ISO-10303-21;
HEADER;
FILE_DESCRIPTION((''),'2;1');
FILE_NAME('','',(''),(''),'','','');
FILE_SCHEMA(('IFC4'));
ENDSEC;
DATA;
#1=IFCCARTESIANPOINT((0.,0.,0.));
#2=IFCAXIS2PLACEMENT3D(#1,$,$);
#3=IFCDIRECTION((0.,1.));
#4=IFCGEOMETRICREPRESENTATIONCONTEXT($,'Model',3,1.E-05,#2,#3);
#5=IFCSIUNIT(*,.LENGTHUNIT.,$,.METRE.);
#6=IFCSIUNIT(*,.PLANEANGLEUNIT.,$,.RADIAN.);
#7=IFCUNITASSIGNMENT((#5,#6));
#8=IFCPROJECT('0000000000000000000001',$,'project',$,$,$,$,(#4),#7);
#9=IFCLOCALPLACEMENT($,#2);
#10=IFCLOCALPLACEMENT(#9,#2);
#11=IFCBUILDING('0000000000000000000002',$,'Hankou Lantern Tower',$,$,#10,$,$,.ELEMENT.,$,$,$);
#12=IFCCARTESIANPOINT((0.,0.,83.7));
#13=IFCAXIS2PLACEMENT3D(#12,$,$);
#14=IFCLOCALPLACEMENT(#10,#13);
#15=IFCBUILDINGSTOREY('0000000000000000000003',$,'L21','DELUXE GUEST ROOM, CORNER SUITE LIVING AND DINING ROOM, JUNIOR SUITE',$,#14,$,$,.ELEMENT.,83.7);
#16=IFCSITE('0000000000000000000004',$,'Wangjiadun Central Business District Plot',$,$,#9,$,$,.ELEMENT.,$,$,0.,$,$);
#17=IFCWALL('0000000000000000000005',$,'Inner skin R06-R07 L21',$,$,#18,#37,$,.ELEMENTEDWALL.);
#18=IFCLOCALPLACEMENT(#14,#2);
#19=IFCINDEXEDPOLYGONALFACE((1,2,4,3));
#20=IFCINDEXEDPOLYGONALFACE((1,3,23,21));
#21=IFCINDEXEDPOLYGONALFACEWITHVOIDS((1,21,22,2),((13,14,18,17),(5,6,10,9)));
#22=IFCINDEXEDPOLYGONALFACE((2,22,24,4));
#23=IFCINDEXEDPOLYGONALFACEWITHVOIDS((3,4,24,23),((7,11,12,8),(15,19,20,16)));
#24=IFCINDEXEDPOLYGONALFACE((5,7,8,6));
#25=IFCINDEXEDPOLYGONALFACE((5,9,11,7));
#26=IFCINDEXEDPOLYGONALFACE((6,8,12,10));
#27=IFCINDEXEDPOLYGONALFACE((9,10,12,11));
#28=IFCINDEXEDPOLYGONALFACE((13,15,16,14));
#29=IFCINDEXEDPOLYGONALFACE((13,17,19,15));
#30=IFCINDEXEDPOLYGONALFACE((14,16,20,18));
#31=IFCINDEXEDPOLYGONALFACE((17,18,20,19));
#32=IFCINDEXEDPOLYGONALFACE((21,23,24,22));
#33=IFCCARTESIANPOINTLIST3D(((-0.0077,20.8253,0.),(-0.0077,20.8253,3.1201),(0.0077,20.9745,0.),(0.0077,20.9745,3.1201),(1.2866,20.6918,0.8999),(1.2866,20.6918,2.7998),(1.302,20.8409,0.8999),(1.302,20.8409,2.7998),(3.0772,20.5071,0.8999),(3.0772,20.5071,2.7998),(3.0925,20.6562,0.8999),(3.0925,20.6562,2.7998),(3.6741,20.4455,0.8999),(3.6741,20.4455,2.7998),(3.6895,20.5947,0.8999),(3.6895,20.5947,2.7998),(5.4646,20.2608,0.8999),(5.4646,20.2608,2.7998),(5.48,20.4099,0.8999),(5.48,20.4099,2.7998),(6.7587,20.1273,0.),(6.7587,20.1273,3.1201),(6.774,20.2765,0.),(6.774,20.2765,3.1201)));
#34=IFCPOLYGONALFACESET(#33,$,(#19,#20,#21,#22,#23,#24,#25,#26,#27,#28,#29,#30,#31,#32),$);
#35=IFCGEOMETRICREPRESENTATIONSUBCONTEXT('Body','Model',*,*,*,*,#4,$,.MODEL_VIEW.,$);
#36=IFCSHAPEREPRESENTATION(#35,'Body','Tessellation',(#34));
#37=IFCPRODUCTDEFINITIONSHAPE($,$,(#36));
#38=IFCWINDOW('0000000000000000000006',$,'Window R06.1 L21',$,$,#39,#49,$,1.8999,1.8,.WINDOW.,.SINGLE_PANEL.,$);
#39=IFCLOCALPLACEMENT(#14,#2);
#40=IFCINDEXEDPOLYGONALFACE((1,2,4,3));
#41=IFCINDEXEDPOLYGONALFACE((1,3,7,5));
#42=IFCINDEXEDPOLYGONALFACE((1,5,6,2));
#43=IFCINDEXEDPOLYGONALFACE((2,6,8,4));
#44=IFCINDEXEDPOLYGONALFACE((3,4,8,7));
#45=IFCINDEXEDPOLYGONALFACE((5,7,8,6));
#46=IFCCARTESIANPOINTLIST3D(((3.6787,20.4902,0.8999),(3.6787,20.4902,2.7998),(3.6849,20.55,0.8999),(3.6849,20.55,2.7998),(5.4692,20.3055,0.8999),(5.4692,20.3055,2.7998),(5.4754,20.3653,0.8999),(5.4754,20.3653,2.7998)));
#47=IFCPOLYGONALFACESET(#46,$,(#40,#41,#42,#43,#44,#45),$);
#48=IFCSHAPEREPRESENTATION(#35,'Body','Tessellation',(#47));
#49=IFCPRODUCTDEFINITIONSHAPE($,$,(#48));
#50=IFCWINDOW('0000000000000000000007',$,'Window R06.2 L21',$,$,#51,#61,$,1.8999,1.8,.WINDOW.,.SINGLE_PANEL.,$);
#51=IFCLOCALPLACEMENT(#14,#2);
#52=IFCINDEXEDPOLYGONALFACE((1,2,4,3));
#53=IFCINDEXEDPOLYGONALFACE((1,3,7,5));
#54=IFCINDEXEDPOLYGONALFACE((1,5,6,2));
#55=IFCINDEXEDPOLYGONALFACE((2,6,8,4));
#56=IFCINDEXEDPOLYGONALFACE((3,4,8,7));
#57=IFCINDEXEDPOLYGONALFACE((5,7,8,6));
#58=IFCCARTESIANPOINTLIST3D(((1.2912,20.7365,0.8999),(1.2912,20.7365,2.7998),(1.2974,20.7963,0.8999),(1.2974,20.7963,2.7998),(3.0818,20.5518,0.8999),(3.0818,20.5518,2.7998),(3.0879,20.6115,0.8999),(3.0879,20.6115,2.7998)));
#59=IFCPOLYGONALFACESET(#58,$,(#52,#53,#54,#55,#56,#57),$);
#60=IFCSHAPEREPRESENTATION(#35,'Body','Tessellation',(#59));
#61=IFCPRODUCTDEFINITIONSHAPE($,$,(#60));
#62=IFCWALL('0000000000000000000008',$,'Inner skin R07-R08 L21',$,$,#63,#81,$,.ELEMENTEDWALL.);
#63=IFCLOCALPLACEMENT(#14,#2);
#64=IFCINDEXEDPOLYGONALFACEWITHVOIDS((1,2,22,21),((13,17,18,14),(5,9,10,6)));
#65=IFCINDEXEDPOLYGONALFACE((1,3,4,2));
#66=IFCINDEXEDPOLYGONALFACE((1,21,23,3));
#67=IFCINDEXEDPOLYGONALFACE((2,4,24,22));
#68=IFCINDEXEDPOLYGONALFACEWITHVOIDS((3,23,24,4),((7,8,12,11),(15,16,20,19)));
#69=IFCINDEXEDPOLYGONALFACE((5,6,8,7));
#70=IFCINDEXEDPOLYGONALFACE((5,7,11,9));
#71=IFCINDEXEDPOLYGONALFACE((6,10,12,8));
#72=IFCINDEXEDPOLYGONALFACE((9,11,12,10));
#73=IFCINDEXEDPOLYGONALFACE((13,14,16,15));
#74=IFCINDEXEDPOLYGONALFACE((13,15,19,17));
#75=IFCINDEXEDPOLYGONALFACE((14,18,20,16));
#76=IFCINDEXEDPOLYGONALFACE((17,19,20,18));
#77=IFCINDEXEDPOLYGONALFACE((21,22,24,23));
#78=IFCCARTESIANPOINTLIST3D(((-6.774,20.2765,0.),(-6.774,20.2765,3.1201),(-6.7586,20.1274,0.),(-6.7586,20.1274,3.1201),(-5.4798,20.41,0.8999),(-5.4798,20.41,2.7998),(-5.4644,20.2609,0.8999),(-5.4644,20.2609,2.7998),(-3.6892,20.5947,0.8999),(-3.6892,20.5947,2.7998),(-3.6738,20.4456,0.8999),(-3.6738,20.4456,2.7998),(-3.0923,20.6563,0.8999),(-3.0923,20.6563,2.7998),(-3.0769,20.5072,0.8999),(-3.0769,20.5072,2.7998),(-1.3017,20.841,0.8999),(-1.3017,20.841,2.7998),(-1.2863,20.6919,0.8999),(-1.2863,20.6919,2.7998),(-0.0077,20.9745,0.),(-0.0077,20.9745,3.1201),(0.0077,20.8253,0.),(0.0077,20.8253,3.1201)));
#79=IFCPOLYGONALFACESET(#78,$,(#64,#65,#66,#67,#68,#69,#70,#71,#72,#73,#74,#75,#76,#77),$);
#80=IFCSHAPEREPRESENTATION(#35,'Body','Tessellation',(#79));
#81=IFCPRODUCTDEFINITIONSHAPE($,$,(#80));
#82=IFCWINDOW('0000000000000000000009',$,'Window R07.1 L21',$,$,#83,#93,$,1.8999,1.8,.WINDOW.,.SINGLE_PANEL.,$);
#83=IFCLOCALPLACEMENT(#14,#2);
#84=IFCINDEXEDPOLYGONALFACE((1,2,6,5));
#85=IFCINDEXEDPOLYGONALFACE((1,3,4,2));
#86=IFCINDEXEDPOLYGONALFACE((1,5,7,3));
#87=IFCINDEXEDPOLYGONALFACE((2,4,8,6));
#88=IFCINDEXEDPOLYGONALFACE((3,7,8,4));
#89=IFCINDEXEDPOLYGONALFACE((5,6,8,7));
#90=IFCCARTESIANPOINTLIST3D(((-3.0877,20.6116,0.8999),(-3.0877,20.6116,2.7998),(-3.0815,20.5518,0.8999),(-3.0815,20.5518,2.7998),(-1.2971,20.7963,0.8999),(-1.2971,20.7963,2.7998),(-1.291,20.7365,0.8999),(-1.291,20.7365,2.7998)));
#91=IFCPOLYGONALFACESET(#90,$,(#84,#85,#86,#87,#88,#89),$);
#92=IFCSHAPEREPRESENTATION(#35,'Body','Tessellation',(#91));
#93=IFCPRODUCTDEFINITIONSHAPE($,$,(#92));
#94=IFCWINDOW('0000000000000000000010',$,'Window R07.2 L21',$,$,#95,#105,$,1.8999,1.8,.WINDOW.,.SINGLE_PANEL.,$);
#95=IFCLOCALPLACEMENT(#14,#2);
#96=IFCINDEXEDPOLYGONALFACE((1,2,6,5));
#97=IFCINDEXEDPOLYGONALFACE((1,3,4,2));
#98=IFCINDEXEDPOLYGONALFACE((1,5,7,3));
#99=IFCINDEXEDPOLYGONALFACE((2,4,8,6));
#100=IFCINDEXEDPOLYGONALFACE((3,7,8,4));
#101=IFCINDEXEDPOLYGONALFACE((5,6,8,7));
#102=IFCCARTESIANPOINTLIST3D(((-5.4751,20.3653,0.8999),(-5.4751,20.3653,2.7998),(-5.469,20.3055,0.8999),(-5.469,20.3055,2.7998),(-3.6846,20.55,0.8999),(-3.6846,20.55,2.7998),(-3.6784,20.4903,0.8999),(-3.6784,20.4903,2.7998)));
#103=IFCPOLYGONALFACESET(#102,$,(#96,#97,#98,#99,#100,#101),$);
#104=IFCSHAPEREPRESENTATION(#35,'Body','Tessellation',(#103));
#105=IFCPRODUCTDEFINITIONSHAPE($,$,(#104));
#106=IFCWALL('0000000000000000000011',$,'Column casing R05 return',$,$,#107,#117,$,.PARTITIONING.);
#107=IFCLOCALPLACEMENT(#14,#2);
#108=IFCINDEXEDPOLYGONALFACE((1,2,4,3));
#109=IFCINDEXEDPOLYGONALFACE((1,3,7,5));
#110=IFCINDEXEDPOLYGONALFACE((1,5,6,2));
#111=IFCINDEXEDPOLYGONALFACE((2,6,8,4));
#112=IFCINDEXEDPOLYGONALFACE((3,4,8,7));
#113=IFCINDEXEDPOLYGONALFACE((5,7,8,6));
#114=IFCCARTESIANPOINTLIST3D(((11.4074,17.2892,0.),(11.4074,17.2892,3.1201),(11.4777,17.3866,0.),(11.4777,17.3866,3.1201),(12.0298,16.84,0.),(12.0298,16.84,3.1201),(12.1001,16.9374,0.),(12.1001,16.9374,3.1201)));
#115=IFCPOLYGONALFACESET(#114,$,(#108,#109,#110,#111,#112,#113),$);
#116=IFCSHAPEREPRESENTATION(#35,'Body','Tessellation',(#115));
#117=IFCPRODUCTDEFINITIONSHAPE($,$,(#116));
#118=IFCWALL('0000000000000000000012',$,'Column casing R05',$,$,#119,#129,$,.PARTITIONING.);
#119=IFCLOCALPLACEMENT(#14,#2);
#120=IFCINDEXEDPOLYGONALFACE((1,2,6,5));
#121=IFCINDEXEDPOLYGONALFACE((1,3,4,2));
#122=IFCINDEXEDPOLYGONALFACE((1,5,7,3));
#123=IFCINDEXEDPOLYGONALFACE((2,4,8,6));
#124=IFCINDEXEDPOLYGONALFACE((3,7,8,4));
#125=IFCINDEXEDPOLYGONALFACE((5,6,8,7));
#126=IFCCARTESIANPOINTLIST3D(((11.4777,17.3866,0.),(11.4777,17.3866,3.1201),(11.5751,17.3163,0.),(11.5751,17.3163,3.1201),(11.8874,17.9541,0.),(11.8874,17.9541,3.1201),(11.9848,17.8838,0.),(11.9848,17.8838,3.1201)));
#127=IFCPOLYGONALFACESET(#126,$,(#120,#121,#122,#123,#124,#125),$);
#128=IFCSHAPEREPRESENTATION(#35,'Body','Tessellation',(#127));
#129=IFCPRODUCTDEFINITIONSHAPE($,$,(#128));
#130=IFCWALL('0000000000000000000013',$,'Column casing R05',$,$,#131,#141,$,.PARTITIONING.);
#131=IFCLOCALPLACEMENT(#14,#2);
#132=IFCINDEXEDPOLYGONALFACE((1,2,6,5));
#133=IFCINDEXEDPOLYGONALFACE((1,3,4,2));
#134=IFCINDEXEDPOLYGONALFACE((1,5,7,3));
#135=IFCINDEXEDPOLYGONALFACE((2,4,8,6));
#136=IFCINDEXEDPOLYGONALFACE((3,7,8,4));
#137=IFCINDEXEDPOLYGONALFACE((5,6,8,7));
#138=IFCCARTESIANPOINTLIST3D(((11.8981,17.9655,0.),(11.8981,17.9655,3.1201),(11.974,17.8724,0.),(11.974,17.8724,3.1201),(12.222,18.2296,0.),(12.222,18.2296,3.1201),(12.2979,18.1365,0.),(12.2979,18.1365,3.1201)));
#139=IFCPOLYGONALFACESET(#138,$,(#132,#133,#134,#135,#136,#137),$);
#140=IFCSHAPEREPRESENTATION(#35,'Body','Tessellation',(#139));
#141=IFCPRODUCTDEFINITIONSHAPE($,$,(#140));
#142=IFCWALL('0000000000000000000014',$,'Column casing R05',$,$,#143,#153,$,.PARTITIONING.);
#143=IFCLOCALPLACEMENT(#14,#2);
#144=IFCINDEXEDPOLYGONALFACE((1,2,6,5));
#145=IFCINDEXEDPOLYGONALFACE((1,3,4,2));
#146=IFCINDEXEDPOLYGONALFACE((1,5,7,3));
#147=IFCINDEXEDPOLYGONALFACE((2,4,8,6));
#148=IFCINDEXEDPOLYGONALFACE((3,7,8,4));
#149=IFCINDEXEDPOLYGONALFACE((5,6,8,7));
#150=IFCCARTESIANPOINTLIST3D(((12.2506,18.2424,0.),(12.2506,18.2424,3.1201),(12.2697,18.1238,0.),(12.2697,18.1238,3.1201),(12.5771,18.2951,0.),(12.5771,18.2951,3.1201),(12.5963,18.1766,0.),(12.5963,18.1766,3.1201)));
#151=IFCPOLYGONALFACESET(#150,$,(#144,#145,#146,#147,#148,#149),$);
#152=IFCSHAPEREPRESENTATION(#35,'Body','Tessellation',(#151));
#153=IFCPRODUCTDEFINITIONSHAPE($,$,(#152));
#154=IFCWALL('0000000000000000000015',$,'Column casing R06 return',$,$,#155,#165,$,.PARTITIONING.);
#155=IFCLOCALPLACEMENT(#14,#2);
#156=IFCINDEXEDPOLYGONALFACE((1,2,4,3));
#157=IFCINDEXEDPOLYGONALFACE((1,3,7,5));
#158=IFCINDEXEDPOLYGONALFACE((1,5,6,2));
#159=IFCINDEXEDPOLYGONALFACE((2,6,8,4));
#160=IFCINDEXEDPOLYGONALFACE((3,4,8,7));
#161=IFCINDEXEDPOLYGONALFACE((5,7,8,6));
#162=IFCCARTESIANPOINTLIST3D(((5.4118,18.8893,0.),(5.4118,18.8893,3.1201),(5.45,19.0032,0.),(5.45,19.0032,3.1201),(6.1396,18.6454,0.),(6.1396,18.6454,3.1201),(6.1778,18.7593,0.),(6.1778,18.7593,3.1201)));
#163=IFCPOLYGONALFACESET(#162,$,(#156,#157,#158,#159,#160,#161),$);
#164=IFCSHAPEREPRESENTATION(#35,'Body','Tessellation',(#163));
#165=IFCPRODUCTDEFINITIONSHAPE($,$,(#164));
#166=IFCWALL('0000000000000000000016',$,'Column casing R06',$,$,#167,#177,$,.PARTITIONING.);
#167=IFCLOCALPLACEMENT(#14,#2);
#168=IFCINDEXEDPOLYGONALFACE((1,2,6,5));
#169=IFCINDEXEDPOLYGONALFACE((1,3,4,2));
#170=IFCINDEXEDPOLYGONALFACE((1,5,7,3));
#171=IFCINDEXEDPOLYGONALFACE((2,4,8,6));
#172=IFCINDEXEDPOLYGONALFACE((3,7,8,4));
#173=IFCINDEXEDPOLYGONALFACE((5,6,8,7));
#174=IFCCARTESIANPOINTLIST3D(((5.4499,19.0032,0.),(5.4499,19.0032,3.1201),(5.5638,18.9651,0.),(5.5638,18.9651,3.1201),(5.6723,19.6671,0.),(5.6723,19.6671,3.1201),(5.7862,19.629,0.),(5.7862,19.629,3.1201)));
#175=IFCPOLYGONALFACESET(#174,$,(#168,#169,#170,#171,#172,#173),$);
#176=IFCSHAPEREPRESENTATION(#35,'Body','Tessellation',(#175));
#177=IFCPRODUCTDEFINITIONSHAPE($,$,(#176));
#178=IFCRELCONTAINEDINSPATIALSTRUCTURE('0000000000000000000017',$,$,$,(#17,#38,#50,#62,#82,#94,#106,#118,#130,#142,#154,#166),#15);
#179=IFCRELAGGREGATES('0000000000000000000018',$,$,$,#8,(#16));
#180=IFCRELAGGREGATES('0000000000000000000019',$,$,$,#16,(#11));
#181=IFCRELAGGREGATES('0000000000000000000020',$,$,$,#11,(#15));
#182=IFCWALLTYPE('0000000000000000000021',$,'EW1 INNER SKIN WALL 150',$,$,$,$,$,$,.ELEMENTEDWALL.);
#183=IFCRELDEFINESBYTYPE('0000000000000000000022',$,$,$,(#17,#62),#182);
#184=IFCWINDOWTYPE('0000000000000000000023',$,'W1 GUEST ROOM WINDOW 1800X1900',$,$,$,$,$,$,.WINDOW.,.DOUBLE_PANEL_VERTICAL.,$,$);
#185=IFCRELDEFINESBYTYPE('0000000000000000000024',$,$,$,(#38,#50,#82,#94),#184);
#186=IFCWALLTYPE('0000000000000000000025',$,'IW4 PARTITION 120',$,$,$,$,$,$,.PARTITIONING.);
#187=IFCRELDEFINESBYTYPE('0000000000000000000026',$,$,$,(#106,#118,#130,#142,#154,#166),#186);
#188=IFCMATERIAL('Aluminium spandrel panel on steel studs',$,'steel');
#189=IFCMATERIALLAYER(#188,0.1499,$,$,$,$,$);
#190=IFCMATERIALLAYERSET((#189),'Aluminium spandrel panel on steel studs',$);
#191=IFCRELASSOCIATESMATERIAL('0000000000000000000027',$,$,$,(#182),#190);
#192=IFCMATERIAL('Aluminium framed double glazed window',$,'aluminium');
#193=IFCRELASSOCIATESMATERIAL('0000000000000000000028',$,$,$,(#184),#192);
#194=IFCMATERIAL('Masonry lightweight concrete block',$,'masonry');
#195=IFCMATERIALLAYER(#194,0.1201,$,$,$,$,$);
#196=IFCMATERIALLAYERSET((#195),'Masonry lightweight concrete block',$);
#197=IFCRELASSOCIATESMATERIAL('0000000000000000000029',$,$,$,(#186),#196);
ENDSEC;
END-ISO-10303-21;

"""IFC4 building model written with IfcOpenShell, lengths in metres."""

from ifc_helpers import new_model, si_unit, direction, frame, frame_2d, origin, place, context, subcontext, project, spatial, rectangle, extrude, material, layer, layer_set, type_object, element, fill, save


model = new_model("IFC4")

# Units and contexts
model_context = context("Model", 3, precision=1e-05, world=origin(), true_north=direction((0.0, 1.0)))
body_context = subcontext(model_context, "Body", "Model", "MODEL_VIEW")
ifc_project = project(units=[si_unit("LENGTHUNIT", "METRE"), si_unit("PLANEANGLEUNIT", "RADIAN")], contexts=[model_context])

# Site, building, storey
site_placement = place(None, origin())
site = spatial("IfcSite", under=ifc_project, at=site_placement, Name="Wangjiadun Central Business District Plot", CompositionType="ELEMENT", RefElevation=0.0)
building_placement = place(site_placement, origin())
building = spatial("IfcBuilding", under=site, at=building_placement, Name="Hankou Lantern Tower", CompositionType="ELEMENT")
storey_placement = place(building_placement, frame((0.0, 0.0, 83.7)))
storey = spatial("IfcBuildingStorey", under=building, at=storey_placement, Name="L21", Description="DELUXE GUEST ROOM, CORNER SUITE LIVING AND DINING ROOM, JUNIOR SUITE", CompositionType="ELEMENT", Elevation=83.7)

# Walls, openings, windows
ifc_material_1 = material(Name="Aluminium spandrel panel on steel studs", Category="steel")
ifc_layer_1 = layer(ifc_material_1, 0.1499)
ifc_layer_set_1 = layer_set([ifc_layer_1], Name="Aluminium spandrel panel on steel studs")
wall_type_1 = type_object("IfcWallType", Name="EW1 INNER SKIN WALL 150", PredefinedType="ELEMENTEDWALL", material=ifc_layer_set_1)
wall_1_placement = place(storey_placement, frame((6.7664, 20.2019, 0.0), z_axis=(0.0, 0.0, 1.0), x_axis=(-0.994721, 0.102613, 0.0)))
wall_1 = element("IfcWall", 1, at=wall_1_placement, inside=storey, type_object=wall_type_1, Name="Inner skin R06-R07 L21", PredefinedType="ELEMENTEDWALL", context=body_context, shape_type="SweptSolid", body=[
    extrude(rectangle(XDim=6.8022, YDim=0.1499, at=frame_2d((3.4011, 0.0))), origin(), (0.0, 0.0, 1.0), 3.1201),
])
opening_1_placement = place(wall_1_placement, frame((1.301, 0.0, 0.8999)))
opening_1 = element("IfcOpeningElement", 2, at=opening_1_placement, cuts=wall_1, PredefinedType="OPENING", context=body_context, shape_type="SweptSolid", body=[
    extrude(rectangle(XDim=1.8, YDim=1.8999, at=frame_2d((0.8999, 0.95))), frame((0.0, 0.085, 0.0), z_axis=(0.0, -1.0, 0.0), x_axis=(1.0, 0.0, 0.0)), (0.0, 0.0, 1.0), 0.1699),
])
opening_2_placement = place(wall_1_placement, frame((3.7012, 0.0, 0.8999)))
opening_2 = element("IfcOpeningElement", 3, at=opening_2_placement, cuts=wall_1, PredefinedType="OPENING", context=body_context, shape_type="SweptSolid", body=[
    extrude(rectangle(XDim=1.8, YDim=1.8999, at=frame_2d((0.8999, 0.95))), frame((0.0, 0.085, 0.0), z_axis=(0.0, -1.0, 0.0), x_axis=(1.0, 0.0, 0.0)), (0.0, 0.0, 1.0), 0.1699),
])
ifc_material_2 = material(Name="Aluminium framed double glazed window", Category="aluminium")
window_type = type_object("IfcWindowType", Name="W1 GUEST ROOM WINDOW 1800X1900", PartitioningType="DOUBLE_PANEL_VERTICAL", PredefinedType="WINDOW", material=ifc_material_2)
window_1_placement = place(opening_1_placement, origin())
window_1 = element("IfcWindow", 4, at=window_1_placement, inside=storey, type_object=window_type, Name="Window R06.1 L21", OverallHeight=1.8999, OverallWidth=1.8, PartitioningType="SINGLE_PANEL", PredefinedType="WINDOW", context=body_context, shape_type="SweptSolid", body=[
    extrude(rectangle(XDim=1.8, YDim=1.8999, at=frame_2d((0.8999, 0.95))), frame((0.0, 0.03, 0.0), z_axis=(0.0, -1.0, 0.0), x_axis=(1.0, 0.0, 0.0)), (0.0, 0.0, 1.0), 0.0601),
])
fill(opening_1, window_1)
window_2_placement = place(opening_2_placement, origin())
window_2 = element("IfcWindow", 5, at=window_2_placement, inside=storey, type_object=window_type, Name="Window R06.2 L21", OverallHeight=1.8999, OverallWidth=1.8, PartitioningType="SINGLE_PANEL", PredefinedType="WINDOW", context=body_context, shape_type="SweptSolid", body=[
    extrude(rectangle(XDim=1.8, YDim=1.8999, at=frame_2d((0.8999, 0.95))), frame((0.0, 0.03, 0.0), z_axis=(0.0, -1.0, 0.0), x_axis=(1.0, 0.0, 0.0)), (0.0, 0.0, 1.0), 0.0601),
])
fill(opening_2, window_2)
wall_2_placement = place(storey_placement, frame((0.0, 20.8999, 0.0), z_axis=(0.0, 0.0, 1.0), x_axis=(-0.994721, -0.102613, 0.0)))
wall_2 = element("IfcWall", 6, at=wall_2_placement, inside=storey, type_object=wall_type_1, Name="Inner skin R07-R08 L21", PredefinedType="ELEMENTEDWALL", context=body_context, shape_type="SweptSolid", body=[
    extrude(rectangle(XDim=6.8022, YDim=0.1499, at=frame_2d((3.4011, 0.0))), origin(), (0.0, 0.0, 1.0), 3.1201),
])
opening_3_placement = place(wall_2_placement, frame((1.301, 0.0, 0.8999)))
opening_3 = element("IfcOpeningElement", 7, at=opening_3_placement, cuts=wall_2, PredefinedType="OPENING", context=body_context, shape_type="SweptSolid", body=[
    extrude(rectangle(XDim=1.8, YDim=1.8999, at=frame_2d((0.8999, 0.95))), frame((0.0, 0.085, 0.0), z_axis=(0.0, -1.0, 0.0), x_axis=(1.0, 0.0, 0.0)), (0.0, 0.0, 1.0), 0.1699),
])
opening_4_placement = place(wall_2_placement, frame((3.7012, 0.0, 0.8999)))
opening_4 = element("IfcOpeningElement", 8, at=opening_4_placement, cuts=wall_2, PredefinedType="OPENING", context=body_context, shape_type="SweptSolid", body=[
    extrude(rectangle(XDim=1.8, YDim=1.8999, at=frame_2d((0.8999, 0.95))), frame((0.0, 0.085, 0.0), z_axis=(0.0, -1.0, 0.0), x_axis=(1.0, 0.0, 0.0)), (0.0, 0.0, 1.0), 0.1699),
])
window_3_placement = place(opening_3_placement, origin())
window_3 = element("IfcWindow", 9, at=window_3_placement, inside=storey, type_object=window_type, Name="Window R07.1 L21", OverallHeight=1.8999, OverallWidth=1.8, PartitioningType="SINGLE_PANEL", PredefinedType="WINDOW", context=body_context, shape_type="SweptSolid", body=[
    extrude(rectangle(XDim=1.8, YDim=1.8999, at=frame_2d((0.8999, 0.95))), frame((0.0, 0.03, 0.0), z_axis=(0.0, -1.0, 0.0), x_axis=(1.0, 0.0, 0.0)), (0.0, 0.0, 1.0), 0.0601),
])
fill(opening_3, window_3)
window_4_placement = place(opening_4_placement, origin())
window_4 = element("IfcWindow", 10, at=window_4_placement, inside=storey, type_object=window_type, Name="Window R07.2 L21", OverallHeight=1.8999, OverallWidth=1.8, PartitioningType="SINGLE_PANEL", PredefinedType="WINDOW", context=body_context, shape_type="SweptSolid", body=[
    extrude(rectangle(XDim=1.8, YDim=1.8999, at=frame_2d((0.8999, 0.95))), frame((0.0, 0.03, 0.0), z_axis=(0.0, -1.0, 0.0), x_axis=(1.0, 0.0, 0.0)), (0.0, 0.0, 1.0), 0.0601),
])
fill(opening_4, window_4)

# Walls
ifc_material_3 = material(Name="Masonry lightweight concrete block", Category="masonry")
ifc_layer_2 = layer(ifc_material_3, 0.1201)
ifc_layer_set_2 = layer_set([ifc_layer_2], Name="Masonry lightweight concrete block")
wall_type_2 = type_object("IfcWallType", Name="IW4 PARTITION 120", PredefinedType="PARTITIONING", material=ifc_layer_set_2)
wall_3_placement = place(storey_placement, frame((12.0649, 16.8887, 0.0), z_axis=(0.0, 0.0, 1.0), x_axis=(-0.810822, 0.585293, 0.0)))
element("IfcWall", 11, at=wall_3_placement, inside=storey, type_object=wall_type_2, Name="Column casing R05 return", PredefinedType="PARTITIONING", context=body_context, shape_type="SweptSolid", body=[
    extrude(rectangle(XDim=0.7676, YDim=0.1201, at=frame_2d((0.3838, 0.0))), origin(), (0.0, 0.0, 1.0), 3.1201),
])
wall_4_placement = place(storey_placement, frame((11.5264, 17.3513, 0.0), z_axis=(0.0, 0.0, 1.0), x_axis=(0.585223, 0.810872, 0.0)))
element("IfcWall", 12, at=wall_4_placement, inside=storey, type_object=wall_type_2, Name="Column casing R05", PredefinedType="PARTITIONING", context=body_context, shape_type="SweptSolid", body=[
    extrude(rectangle(XDim=0.7, YDim=0.1201, at=frame_2d((0.3501, 0.0))), origin(), (0.0, 0.0, 1.0), 3.1201),
])
wall_5_placement = place(storey_placement, frame((11.936, 17.9189, 0.0), z_axis=(0.0, 0.0, 1.0), x_axis=(0.775023, 0.631933, 0.0)))
element("IfcWall", 13, at=wall_5_placement, inside=storey, type_object=wall_type_2, Name="Column casing R05", PredefinedType="PARTITIONING", context=body_context, shape_type="SweptSolid", body=[
    extrude(rectangle(XDim=0.418, YDim=0.1201, at=frame_2d((0.209, 0.0))), origin(), (0.0, 0.0, 1.0), 3.1201),
])
wall_6_placement = place(storey_placement, frame((12.26, 18.1831, 0.0), z_axis=(0.0, 0.0, 1.0), x_axis=(0.987219, 0.159372, 0.0)))
element("IfcWall", 14, at=wall_6_placement, inside=storey, type_object=wall_type_2, Name="Column casing R05", PredefinedType="PARTITIONING", context=body_context, shape_type="SweptSolid", body=[
    extrude(rectangle(XDim=0.3308, YDim=0.1201, at=frame_2d((0.1655, 0.0))), origin(), (0.0, 0.0, 1.0), 3.1201),
])
wall_7_placement = place(storey_placement, frame((6.1587, 18.7024, 0.0), z_axis=(0.0, 0.0, 1.0), x_axis=(-0.948173, 0.317754, 0.0)))
element("IfcWall", 15, at=wall_7_placement, inside=storey, type_object=wall_type_2, Name="Column casing R06 return", PredefinedType="PARTITIONING", context=body_context, shape_type="SweptSolid", body=[
    extrude(rectangle(XDim=0.7676, YDim=0.1201, at=frame_2d((0.3838, 0.0))), origin(), (0.0, 0.0, 1.0), 3.1201),
])
wall_8_placement = place(storey_placement, frame((5.5068, 18.9841, 0.0), z_axis=(0.0, 0.0, 1.0), x_axis=(0.317692, 0.948194, 0.0)))
element("IfcWall", 16, at=wall_8_placement, inside=storey, type_object=wall_type_2, Name="Column casing R06", PredefinedType="PARTITIONING", context=body_context, shape_type="SweptSolid", body=[
    extrude(rectangle(XDim=0.7002, YDim=0.1201, at=frame_2d((0.3501, 0.0))), origin(), (0.0, 0.0, 1.0), 3.1201),
])

save(model, "model.ifc")
